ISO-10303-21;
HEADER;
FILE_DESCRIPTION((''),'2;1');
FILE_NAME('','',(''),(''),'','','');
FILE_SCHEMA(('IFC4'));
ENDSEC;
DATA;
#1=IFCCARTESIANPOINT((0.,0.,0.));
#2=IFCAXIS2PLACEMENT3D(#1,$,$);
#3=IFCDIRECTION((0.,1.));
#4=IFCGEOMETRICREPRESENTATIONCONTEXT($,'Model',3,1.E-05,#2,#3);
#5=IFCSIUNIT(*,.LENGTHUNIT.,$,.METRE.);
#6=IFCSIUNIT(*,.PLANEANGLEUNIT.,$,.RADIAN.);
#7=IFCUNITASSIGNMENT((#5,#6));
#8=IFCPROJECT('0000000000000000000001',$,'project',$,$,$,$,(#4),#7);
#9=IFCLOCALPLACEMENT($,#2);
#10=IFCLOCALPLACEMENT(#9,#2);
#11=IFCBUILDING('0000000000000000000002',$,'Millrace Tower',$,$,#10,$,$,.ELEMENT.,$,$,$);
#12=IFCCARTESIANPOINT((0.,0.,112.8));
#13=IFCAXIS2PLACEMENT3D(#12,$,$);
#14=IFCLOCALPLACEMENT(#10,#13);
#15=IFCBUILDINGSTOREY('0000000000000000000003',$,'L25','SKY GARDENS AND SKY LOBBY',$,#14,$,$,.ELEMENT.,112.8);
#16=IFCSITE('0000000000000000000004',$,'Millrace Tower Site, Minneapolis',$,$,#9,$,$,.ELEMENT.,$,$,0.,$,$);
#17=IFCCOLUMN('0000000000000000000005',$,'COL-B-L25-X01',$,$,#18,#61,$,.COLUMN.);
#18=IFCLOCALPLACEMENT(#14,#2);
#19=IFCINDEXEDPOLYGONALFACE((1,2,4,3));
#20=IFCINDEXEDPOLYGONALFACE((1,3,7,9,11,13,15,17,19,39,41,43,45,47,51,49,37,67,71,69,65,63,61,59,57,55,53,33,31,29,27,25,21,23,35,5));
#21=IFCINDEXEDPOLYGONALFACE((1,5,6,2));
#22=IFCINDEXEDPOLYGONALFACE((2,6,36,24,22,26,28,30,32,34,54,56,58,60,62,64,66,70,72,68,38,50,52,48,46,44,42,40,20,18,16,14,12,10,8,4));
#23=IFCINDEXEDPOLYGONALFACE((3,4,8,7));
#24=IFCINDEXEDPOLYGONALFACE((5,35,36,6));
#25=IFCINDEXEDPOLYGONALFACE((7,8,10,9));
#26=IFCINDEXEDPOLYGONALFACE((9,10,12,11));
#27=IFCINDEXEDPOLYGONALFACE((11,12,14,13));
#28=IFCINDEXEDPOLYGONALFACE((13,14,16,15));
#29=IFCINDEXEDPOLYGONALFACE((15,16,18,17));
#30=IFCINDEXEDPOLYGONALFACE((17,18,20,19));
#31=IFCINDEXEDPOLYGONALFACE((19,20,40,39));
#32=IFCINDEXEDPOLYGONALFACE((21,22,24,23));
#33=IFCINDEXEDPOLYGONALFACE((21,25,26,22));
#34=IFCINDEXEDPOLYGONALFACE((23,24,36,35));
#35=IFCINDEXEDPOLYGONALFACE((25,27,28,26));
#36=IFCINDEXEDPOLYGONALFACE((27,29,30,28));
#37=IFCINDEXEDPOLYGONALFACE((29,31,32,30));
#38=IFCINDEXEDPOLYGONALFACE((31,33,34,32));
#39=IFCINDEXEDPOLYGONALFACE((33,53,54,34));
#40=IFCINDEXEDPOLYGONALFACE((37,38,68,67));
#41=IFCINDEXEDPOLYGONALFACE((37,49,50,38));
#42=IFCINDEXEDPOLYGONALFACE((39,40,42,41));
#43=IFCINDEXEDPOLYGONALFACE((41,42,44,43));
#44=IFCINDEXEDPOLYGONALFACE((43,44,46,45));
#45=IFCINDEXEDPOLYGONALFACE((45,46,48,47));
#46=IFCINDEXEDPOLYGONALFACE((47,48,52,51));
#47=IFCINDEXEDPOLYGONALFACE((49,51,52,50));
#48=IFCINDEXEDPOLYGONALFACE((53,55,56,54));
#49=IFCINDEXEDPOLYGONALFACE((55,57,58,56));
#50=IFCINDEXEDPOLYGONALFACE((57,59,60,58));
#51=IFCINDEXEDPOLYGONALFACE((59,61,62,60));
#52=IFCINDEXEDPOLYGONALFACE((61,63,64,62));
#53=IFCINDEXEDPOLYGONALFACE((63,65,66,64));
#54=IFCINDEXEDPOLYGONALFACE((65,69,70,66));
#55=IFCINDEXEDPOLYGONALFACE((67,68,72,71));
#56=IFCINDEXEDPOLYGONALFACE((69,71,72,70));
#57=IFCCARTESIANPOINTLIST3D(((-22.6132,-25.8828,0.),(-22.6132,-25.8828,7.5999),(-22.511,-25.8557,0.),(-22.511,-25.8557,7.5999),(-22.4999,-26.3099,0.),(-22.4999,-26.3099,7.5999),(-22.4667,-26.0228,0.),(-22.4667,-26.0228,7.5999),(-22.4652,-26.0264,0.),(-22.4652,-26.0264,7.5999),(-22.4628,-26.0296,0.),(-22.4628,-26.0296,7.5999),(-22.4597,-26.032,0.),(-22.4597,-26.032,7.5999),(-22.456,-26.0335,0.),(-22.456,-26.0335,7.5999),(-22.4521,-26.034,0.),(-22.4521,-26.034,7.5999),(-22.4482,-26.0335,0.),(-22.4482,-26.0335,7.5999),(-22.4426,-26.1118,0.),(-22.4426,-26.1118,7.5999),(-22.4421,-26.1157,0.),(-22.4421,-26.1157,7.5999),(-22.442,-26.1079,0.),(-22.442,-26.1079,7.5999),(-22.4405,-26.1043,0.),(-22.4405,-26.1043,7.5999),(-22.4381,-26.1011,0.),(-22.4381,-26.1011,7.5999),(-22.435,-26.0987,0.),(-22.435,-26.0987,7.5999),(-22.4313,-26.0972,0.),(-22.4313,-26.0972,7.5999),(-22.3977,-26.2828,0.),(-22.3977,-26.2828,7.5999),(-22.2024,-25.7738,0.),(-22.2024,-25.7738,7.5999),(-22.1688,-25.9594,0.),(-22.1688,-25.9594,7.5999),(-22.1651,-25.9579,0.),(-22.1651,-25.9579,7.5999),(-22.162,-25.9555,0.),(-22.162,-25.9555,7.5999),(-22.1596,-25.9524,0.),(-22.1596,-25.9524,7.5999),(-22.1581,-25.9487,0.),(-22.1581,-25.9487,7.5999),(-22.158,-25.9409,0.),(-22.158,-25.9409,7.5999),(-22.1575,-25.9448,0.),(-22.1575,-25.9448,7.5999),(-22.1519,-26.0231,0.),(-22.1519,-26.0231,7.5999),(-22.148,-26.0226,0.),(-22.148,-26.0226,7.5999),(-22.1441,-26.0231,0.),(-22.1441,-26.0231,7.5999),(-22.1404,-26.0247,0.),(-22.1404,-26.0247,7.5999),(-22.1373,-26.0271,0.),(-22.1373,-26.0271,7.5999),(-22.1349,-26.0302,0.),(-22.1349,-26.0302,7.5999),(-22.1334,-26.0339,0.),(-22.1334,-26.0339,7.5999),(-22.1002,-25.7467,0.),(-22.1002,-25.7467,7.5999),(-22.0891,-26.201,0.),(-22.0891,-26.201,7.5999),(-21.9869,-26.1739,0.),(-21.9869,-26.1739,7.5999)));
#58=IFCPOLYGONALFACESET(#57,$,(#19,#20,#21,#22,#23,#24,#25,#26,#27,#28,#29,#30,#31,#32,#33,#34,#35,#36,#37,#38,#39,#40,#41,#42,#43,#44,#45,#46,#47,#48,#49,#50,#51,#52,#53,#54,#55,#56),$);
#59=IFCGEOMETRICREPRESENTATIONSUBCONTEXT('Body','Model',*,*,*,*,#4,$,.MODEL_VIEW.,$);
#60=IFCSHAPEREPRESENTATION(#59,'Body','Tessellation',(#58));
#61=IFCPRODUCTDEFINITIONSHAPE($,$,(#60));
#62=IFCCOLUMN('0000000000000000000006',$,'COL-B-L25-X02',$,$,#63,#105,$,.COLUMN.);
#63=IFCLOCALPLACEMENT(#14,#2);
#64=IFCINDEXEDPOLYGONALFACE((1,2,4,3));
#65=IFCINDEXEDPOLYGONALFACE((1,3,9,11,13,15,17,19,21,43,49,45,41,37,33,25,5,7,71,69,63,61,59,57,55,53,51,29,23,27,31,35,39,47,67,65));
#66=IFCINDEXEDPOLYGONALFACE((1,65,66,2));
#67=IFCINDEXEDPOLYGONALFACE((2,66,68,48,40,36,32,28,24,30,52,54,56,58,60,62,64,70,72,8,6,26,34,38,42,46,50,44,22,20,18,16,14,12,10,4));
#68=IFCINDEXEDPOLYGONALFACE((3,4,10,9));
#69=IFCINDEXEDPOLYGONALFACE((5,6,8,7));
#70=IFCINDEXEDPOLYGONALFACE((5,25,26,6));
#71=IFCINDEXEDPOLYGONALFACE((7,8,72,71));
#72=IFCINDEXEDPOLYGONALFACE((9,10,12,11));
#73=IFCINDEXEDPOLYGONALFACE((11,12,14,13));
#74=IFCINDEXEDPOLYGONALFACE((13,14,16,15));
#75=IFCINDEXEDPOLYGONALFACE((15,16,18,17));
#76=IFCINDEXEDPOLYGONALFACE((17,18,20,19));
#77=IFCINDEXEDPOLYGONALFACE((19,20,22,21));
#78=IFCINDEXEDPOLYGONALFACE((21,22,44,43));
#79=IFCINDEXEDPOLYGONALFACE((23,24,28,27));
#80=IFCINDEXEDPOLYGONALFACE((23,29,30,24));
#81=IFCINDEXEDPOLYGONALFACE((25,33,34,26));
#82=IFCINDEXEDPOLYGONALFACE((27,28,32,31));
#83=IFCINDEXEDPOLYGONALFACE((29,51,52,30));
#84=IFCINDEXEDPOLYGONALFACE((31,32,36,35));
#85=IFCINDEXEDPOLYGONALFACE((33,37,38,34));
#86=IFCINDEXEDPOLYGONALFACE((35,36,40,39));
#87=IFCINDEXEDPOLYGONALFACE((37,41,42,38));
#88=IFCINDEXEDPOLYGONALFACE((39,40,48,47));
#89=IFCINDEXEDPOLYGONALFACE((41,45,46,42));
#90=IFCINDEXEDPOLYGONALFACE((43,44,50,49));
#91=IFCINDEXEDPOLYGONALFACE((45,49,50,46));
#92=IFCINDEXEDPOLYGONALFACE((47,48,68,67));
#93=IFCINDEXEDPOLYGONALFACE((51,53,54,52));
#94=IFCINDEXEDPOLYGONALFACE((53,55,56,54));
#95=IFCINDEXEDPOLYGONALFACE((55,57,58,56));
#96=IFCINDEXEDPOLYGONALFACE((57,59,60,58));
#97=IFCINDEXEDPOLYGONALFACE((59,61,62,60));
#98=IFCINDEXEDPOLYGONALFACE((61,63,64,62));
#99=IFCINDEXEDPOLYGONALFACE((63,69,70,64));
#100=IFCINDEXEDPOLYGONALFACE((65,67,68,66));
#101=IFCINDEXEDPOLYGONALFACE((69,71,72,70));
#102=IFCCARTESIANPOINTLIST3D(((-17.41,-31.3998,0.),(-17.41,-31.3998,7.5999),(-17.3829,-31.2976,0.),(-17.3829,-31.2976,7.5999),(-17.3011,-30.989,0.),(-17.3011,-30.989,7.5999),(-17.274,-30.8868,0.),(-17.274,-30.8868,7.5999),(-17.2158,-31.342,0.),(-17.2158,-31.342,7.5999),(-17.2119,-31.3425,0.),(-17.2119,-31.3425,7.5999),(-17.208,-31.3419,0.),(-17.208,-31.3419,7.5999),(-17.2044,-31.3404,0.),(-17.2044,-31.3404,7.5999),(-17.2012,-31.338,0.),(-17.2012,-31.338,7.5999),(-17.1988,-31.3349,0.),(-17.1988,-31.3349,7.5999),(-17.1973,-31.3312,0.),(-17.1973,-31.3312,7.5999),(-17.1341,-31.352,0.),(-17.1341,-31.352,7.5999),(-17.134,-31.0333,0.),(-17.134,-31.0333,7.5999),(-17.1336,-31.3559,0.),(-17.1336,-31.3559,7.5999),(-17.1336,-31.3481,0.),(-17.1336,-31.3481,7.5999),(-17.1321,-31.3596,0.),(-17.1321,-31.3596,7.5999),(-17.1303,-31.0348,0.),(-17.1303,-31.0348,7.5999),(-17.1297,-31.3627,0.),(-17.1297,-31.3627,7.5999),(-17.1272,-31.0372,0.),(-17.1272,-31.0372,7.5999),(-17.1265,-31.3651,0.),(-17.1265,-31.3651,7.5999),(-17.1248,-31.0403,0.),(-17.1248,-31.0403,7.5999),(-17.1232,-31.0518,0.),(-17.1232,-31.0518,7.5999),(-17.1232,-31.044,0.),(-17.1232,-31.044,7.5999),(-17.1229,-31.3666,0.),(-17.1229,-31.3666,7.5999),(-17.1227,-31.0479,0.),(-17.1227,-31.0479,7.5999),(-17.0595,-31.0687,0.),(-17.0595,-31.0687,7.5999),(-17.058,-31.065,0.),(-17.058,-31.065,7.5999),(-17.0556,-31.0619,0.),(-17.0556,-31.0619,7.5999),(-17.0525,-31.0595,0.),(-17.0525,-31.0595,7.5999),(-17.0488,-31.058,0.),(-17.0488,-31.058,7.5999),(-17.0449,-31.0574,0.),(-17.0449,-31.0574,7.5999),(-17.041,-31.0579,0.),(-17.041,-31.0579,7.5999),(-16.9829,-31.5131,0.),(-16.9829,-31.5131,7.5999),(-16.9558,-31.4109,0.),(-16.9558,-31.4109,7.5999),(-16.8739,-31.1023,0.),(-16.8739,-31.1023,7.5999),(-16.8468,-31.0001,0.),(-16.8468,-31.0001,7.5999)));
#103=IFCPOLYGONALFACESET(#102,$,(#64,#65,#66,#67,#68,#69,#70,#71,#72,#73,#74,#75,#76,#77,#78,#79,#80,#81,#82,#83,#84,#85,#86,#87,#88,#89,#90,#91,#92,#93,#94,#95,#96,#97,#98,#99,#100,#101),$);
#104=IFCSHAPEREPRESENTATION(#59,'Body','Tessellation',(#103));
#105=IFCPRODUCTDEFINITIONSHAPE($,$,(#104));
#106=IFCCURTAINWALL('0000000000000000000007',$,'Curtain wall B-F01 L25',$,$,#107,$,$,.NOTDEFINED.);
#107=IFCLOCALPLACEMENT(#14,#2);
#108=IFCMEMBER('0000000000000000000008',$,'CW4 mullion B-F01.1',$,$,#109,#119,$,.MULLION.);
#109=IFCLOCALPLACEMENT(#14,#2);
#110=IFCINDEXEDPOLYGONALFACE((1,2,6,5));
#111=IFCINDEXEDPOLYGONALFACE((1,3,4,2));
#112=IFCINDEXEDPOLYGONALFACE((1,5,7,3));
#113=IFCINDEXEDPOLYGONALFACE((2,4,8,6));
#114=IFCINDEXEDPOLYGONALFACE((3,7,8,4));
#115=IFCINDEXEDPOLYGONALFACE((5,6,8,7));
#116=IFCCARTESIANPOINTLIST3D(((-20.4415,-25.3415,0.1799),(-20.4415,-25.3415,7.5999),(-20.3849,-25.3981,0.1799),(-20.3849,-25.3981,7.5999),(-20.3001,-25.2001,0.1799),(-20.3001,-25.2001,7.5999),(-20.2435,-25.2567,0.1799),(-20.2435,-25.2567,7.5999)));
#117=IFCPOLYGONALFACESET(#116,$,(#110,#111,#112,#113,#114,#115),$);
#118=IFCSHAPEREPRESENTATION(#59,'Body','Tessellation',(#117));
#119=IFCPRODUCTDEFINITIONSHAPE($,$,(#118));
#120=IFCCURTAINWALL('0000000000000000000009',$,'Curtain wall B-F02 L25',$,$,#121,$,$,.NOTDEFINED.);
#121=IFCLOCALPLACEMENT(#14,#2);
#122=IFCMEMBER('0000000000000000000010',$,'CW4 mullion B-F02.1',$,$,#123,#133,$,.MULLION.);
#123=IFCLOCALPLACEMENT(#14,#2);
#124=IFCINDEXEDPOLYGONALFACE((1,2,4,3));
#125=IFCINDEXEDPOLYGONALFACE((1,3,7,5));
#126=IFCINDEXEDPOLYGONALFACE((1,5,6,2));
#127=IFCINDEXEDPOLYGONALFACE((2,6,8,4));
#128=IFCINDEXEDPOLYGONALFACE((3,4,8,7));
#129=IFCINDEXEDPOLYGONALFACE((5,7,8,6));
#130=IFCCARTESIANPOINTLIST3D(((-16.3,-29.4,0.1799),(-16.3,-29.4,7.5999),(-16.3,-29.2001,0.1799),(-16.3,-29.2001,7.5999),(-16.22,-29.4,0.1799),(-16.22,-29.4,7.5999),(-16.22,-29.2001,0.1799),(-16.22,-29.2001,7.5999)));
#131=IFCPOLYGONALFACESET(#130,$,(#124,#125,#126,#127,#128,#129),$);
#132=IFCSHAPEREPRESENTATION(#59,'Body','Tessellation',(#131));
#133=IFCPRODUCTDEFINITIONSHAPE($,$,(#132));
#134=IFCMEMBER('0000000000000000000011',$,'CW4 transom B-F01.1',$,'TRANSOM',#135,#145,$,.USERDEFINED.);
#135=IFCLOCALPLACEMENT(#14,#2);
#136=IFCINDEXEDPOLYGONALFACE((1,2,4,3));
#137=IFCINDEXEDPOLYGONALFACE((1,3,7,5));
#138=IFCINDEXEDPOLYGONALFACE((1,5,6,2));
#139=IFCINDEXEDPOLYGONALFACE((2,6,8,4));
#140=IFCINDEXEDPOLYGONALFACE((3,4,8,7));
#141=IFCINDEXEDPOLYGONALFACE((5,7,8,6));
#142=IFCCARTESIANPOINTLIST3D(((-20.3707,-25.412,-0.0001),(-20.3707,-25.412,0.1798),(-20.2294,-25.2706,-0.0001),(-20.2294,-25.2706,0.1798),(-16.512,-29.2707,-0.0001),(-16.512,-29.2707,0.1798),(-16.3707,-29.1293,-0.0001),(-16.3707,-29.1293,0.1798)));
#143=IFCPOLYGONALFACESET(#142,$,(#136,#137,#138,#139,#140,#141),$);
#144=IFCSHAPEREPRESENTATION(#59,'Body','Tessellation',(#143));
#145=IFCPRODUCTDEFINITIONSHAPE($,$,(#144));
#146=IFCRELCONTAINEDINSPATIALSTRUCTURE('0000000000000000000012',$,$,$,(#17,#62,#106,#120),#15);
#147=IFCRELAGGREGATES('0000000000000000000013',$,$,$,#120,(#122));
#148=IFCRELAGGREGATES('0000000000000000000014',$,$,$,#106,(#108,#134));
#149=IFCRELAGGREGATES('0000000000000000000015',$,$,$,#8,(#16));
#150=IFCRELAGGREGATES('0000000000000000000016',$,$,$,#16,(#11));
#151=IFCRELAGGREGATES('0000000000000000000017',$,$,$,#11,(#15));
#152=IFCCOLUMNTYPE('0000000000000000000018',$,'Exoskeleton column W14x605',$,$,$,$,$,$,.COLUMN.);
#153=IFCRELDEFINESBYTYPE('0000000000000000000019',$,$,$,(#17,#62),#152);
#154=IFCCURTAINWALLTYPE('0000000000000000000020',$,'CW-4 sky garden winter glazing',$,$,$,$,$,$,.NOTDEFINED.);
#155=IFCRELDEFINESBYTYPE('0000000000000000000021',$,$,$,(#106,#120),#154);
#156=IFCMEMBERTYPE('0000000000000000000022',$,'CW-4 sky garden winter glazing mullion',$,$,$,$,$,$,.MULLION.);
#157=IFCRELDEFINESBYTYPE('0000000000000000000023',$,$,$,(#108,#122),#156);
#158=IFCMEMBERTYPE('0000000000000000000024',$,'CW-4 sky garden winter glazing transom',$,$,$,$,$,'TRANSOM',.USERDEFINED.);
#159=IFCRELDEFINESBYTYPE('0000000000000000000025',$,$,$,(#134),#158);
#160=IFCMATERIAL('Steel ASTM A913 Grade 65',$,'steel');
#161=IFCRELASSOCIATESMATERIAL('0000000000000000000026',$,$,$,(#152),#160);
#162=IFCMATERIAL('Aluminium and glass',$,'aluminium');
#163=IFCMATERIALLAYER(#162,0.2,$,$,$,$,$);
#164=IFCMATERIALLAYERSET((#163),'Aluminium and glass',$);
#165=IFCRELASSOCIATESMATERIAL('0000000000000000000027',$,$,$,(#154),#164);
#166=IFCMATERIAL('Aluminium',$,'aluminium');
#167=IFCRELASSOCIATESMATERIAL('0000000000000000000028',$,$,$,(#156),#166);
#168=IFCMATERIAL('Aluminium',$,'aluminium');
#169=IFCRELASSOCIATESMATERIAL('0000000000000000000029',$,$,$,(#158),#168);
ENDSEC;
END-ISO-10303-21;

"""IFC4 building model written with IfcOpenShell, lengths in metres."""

from ifc_helpers import new_model, si_unit, direction, frame, origin, origin_2d, place, context, subcontext, project, spatial, rectangle, i_section, extrude, material, layer, layer_set, material_profile, profile_set, type_object, element, aggregate, save


model = new_model("IFC4")

# Units and contexts
model_context = context("Model", 3, precision=1e-05, world=origin(), true_north=direction((0.0, 1.0)))
body_context = subcontext(model_context, "Body", "Model", "MODEL_VIEW")
ifc_project = project(units=[si_unit("LENGTHUNIT", "METRE"), si_unit("PLANEANGLEUNIT", "RADIAN")], contexts=[model_context])

# Site, building, storey
site_placement = place(None, origin())
site = spatial("IfcSite", under=ifc_project, at=site_placement, Name="Millrace Tower Site, Minneapolis", CompositionType="ELEMENT", RefElevation=0.0)
building_placement = place(site_placement, origin())
building = spatial("IfcBuilding", under=site, at=building_placement, Name="Millrace Tower", CompositionType="ELEMENT")
storey_placement = place(building_placement, frame((0.0, 0.0, 112.8)))
storey = spatial("IfcBuildingStorey", under=building, at=storey_placement, Name="L25", Description="SKY GARDENS AND SKY LOBBY", CompositionType="ELEMENT", Elevation=112.8)

# Columns
ifc_material_1 = material(Name="Steel ASTM A913 Grade 65", Category="steel")
ifc_material_profile_1 = material_profile(ifc_material_1, i_section(OverallWidth=0.4419, OverallDepth=0.5308, WebThickness=0.0659, FlangeThickness=0.1057, FilletRadius=0.0151, at=origin_2d()))
ifc_profile_set_1 = profile_set([ifc_material_profile_1], Name="Steel ASTM A913 Grade 65")
column_type = type_object("IfcColumnType", Name="Exoskeleton column W14x605", PredefinedType="COLUMN", material=ifc_profile_set_1)
for number, where, z_axis, x_axis, name in (
    (1, (-22.3, -26.0283, 0.0), (0.0, 0.0, 1.0), (0.256347, -0.966585, 0.0), "COL-B-L25-X01"),
    (2, (-17.1284, -31.2, 0.0), (0.0, 0.0, 1.0), (0.966585, -0.256347, 0.0), "COL-B-L25-X02"),
):
    element("IfcColumn", number, at=place(storey_placement, frame(where, z_axis=z_axis, x_axis=x_axis)), inside=storey, type_object=column_type, Name=name, PredefinedType="COLUMN", context=body_context, shape_type="SweptSolid", body=[
        extrude(i_section(OverallWidth=0.4419, OverallDepth=0.5308, WebThickness=0.0659, FlangeThickness=0.1057, FilletRadius=0.0151, at=origin_2d()), origin(), (0.0, 0.0, 1.0), 7.5999),
    ])

# Curtain walls, members
ifc_material_2 = material(Name="Aluminium and glass", Category="aluminium")
ifc_layer_1 = layer(ifc_material_2, 0.2)
ifc_layer_set_1 = layer_set([ifc_layer_1], Name="Aluminium and glass")
curtain_wall_type = type_object("IfcCurtainWallType", Name="CW-4 sky garden winter glazing", PredefinedType="NOTDEFINED", material=ifc_layer_set_1)
placement = place(storey_placement, origin())
curtain_wall_1 = element("IfcCurtainWall", 3, at=placement, inside=storey, type_object=curtain_wall_type, Name="Curtain wall B-F01 L25", PredefinedType="NOTDEFINED")
ifc_material_3 = material(Name="Aluminium", Category="aluminium")
ifc_material_profile_2 = material_profile(ifc_material_3, rectangle(XDim=0.0801, YDim=0.2, at=origin_2d()))
ifc_profile_set_2 = profile_set([ifc_material_profile_2], Name="Aluminium")
member_type_1 = type_object("IfcMemberType", Name="CW-4 sky garden winter glazing mullion", PredefinedType="MULLION", material=ifc_profile_set_2)
member_1_placement = place(storey_placement, frame((-20.3425, -25.2991, 0.1799), z_axis=(0.0, 0.0, 1.0), x_axis=(0.707107, -0.707107, 0.0)))
member_1 = element("IfcMember", 4, at=member_1_placement, type_object=member_type_1, Name="CW4 mullion B-F01.1", PredefinedType="MULLION", context=body_context, shape_type="SweptSolid", body=[
    extrude(rectangle(XDim=0.0801, YDim=0.2, at=origin_2d()), origin(), (0.0, 0.0, 1.0), 7.4199),
])
curtain_wall_2 = element("IfcCurtainWall", 5, at=placement, inside=storey, type_object=curtain_wall_type, Name="Curtain wall B-F02 L25", PredefinedType="NOTDEFINED")
member_2_placement = place(storey_placement, frame((-16.26, -29.3, 0.1799), z_axis=(0.0, 0.0, 1.0), x_axis=(1.0, 0.0, 0.0)))
member_2 = element("IfcMember", 6, at=member_2_placement, type_object=member_type_1, Name="CW4 mullion B-F02.1", PredefinedType="MULLION", context=body_context, shape_type="SweptSolid", body=[
    extrude(rectangle(XDim=0.0801, YDim=0.2, at=origin_2d()), origin(), (0.0, 0.0, 1.0), 7.4199),
])
aggregate(curtain_wall_2, [member_2])

# Member
ifc_material_4 = material(Name="Aluminium", Category="aluminium")
ifc_material_profile_3 = material_profile(ifc_material_4, rectangle(XDim=0.2, YDim=0.1799, at=origin_2d()))
ifc_profile_set_3 = profile_set([ifc_material_profile_3], Name="Aluminium")
member_type_2 = type_object("IfcMemberType", Name="CW-4 sky garden winter glazing transom", ElementType="TRANSOM", PredefinedType="USERDEFINED", material=ifc_profile_set_3)
member_3_placement = place(storey_placement, frame((-20.3, -25.3413, 0.0898), z_axis=(0.707107, -0.707107, 0.0), x_axis=(0.707107, 0.707107, 0.0)))
member_3 = element("IfcMember", 7, at=member_3_placement, type_object=member_type_2, Name="CW4 transom B-F01.1", ObjectType="TRANSOM", PredefinedType="USERDEFINED", context=body_context, shape_type="SweptSolid", body=[
    extrude(rectangle(XDim=0.2, YDim=0.1799, at=origin_2d()), origin(), (0.0, 0.0, 1.0), 5.457),
])
aggregate(curtain_wall_1, [member_1, member_3])

save(model, "model.ifc")
